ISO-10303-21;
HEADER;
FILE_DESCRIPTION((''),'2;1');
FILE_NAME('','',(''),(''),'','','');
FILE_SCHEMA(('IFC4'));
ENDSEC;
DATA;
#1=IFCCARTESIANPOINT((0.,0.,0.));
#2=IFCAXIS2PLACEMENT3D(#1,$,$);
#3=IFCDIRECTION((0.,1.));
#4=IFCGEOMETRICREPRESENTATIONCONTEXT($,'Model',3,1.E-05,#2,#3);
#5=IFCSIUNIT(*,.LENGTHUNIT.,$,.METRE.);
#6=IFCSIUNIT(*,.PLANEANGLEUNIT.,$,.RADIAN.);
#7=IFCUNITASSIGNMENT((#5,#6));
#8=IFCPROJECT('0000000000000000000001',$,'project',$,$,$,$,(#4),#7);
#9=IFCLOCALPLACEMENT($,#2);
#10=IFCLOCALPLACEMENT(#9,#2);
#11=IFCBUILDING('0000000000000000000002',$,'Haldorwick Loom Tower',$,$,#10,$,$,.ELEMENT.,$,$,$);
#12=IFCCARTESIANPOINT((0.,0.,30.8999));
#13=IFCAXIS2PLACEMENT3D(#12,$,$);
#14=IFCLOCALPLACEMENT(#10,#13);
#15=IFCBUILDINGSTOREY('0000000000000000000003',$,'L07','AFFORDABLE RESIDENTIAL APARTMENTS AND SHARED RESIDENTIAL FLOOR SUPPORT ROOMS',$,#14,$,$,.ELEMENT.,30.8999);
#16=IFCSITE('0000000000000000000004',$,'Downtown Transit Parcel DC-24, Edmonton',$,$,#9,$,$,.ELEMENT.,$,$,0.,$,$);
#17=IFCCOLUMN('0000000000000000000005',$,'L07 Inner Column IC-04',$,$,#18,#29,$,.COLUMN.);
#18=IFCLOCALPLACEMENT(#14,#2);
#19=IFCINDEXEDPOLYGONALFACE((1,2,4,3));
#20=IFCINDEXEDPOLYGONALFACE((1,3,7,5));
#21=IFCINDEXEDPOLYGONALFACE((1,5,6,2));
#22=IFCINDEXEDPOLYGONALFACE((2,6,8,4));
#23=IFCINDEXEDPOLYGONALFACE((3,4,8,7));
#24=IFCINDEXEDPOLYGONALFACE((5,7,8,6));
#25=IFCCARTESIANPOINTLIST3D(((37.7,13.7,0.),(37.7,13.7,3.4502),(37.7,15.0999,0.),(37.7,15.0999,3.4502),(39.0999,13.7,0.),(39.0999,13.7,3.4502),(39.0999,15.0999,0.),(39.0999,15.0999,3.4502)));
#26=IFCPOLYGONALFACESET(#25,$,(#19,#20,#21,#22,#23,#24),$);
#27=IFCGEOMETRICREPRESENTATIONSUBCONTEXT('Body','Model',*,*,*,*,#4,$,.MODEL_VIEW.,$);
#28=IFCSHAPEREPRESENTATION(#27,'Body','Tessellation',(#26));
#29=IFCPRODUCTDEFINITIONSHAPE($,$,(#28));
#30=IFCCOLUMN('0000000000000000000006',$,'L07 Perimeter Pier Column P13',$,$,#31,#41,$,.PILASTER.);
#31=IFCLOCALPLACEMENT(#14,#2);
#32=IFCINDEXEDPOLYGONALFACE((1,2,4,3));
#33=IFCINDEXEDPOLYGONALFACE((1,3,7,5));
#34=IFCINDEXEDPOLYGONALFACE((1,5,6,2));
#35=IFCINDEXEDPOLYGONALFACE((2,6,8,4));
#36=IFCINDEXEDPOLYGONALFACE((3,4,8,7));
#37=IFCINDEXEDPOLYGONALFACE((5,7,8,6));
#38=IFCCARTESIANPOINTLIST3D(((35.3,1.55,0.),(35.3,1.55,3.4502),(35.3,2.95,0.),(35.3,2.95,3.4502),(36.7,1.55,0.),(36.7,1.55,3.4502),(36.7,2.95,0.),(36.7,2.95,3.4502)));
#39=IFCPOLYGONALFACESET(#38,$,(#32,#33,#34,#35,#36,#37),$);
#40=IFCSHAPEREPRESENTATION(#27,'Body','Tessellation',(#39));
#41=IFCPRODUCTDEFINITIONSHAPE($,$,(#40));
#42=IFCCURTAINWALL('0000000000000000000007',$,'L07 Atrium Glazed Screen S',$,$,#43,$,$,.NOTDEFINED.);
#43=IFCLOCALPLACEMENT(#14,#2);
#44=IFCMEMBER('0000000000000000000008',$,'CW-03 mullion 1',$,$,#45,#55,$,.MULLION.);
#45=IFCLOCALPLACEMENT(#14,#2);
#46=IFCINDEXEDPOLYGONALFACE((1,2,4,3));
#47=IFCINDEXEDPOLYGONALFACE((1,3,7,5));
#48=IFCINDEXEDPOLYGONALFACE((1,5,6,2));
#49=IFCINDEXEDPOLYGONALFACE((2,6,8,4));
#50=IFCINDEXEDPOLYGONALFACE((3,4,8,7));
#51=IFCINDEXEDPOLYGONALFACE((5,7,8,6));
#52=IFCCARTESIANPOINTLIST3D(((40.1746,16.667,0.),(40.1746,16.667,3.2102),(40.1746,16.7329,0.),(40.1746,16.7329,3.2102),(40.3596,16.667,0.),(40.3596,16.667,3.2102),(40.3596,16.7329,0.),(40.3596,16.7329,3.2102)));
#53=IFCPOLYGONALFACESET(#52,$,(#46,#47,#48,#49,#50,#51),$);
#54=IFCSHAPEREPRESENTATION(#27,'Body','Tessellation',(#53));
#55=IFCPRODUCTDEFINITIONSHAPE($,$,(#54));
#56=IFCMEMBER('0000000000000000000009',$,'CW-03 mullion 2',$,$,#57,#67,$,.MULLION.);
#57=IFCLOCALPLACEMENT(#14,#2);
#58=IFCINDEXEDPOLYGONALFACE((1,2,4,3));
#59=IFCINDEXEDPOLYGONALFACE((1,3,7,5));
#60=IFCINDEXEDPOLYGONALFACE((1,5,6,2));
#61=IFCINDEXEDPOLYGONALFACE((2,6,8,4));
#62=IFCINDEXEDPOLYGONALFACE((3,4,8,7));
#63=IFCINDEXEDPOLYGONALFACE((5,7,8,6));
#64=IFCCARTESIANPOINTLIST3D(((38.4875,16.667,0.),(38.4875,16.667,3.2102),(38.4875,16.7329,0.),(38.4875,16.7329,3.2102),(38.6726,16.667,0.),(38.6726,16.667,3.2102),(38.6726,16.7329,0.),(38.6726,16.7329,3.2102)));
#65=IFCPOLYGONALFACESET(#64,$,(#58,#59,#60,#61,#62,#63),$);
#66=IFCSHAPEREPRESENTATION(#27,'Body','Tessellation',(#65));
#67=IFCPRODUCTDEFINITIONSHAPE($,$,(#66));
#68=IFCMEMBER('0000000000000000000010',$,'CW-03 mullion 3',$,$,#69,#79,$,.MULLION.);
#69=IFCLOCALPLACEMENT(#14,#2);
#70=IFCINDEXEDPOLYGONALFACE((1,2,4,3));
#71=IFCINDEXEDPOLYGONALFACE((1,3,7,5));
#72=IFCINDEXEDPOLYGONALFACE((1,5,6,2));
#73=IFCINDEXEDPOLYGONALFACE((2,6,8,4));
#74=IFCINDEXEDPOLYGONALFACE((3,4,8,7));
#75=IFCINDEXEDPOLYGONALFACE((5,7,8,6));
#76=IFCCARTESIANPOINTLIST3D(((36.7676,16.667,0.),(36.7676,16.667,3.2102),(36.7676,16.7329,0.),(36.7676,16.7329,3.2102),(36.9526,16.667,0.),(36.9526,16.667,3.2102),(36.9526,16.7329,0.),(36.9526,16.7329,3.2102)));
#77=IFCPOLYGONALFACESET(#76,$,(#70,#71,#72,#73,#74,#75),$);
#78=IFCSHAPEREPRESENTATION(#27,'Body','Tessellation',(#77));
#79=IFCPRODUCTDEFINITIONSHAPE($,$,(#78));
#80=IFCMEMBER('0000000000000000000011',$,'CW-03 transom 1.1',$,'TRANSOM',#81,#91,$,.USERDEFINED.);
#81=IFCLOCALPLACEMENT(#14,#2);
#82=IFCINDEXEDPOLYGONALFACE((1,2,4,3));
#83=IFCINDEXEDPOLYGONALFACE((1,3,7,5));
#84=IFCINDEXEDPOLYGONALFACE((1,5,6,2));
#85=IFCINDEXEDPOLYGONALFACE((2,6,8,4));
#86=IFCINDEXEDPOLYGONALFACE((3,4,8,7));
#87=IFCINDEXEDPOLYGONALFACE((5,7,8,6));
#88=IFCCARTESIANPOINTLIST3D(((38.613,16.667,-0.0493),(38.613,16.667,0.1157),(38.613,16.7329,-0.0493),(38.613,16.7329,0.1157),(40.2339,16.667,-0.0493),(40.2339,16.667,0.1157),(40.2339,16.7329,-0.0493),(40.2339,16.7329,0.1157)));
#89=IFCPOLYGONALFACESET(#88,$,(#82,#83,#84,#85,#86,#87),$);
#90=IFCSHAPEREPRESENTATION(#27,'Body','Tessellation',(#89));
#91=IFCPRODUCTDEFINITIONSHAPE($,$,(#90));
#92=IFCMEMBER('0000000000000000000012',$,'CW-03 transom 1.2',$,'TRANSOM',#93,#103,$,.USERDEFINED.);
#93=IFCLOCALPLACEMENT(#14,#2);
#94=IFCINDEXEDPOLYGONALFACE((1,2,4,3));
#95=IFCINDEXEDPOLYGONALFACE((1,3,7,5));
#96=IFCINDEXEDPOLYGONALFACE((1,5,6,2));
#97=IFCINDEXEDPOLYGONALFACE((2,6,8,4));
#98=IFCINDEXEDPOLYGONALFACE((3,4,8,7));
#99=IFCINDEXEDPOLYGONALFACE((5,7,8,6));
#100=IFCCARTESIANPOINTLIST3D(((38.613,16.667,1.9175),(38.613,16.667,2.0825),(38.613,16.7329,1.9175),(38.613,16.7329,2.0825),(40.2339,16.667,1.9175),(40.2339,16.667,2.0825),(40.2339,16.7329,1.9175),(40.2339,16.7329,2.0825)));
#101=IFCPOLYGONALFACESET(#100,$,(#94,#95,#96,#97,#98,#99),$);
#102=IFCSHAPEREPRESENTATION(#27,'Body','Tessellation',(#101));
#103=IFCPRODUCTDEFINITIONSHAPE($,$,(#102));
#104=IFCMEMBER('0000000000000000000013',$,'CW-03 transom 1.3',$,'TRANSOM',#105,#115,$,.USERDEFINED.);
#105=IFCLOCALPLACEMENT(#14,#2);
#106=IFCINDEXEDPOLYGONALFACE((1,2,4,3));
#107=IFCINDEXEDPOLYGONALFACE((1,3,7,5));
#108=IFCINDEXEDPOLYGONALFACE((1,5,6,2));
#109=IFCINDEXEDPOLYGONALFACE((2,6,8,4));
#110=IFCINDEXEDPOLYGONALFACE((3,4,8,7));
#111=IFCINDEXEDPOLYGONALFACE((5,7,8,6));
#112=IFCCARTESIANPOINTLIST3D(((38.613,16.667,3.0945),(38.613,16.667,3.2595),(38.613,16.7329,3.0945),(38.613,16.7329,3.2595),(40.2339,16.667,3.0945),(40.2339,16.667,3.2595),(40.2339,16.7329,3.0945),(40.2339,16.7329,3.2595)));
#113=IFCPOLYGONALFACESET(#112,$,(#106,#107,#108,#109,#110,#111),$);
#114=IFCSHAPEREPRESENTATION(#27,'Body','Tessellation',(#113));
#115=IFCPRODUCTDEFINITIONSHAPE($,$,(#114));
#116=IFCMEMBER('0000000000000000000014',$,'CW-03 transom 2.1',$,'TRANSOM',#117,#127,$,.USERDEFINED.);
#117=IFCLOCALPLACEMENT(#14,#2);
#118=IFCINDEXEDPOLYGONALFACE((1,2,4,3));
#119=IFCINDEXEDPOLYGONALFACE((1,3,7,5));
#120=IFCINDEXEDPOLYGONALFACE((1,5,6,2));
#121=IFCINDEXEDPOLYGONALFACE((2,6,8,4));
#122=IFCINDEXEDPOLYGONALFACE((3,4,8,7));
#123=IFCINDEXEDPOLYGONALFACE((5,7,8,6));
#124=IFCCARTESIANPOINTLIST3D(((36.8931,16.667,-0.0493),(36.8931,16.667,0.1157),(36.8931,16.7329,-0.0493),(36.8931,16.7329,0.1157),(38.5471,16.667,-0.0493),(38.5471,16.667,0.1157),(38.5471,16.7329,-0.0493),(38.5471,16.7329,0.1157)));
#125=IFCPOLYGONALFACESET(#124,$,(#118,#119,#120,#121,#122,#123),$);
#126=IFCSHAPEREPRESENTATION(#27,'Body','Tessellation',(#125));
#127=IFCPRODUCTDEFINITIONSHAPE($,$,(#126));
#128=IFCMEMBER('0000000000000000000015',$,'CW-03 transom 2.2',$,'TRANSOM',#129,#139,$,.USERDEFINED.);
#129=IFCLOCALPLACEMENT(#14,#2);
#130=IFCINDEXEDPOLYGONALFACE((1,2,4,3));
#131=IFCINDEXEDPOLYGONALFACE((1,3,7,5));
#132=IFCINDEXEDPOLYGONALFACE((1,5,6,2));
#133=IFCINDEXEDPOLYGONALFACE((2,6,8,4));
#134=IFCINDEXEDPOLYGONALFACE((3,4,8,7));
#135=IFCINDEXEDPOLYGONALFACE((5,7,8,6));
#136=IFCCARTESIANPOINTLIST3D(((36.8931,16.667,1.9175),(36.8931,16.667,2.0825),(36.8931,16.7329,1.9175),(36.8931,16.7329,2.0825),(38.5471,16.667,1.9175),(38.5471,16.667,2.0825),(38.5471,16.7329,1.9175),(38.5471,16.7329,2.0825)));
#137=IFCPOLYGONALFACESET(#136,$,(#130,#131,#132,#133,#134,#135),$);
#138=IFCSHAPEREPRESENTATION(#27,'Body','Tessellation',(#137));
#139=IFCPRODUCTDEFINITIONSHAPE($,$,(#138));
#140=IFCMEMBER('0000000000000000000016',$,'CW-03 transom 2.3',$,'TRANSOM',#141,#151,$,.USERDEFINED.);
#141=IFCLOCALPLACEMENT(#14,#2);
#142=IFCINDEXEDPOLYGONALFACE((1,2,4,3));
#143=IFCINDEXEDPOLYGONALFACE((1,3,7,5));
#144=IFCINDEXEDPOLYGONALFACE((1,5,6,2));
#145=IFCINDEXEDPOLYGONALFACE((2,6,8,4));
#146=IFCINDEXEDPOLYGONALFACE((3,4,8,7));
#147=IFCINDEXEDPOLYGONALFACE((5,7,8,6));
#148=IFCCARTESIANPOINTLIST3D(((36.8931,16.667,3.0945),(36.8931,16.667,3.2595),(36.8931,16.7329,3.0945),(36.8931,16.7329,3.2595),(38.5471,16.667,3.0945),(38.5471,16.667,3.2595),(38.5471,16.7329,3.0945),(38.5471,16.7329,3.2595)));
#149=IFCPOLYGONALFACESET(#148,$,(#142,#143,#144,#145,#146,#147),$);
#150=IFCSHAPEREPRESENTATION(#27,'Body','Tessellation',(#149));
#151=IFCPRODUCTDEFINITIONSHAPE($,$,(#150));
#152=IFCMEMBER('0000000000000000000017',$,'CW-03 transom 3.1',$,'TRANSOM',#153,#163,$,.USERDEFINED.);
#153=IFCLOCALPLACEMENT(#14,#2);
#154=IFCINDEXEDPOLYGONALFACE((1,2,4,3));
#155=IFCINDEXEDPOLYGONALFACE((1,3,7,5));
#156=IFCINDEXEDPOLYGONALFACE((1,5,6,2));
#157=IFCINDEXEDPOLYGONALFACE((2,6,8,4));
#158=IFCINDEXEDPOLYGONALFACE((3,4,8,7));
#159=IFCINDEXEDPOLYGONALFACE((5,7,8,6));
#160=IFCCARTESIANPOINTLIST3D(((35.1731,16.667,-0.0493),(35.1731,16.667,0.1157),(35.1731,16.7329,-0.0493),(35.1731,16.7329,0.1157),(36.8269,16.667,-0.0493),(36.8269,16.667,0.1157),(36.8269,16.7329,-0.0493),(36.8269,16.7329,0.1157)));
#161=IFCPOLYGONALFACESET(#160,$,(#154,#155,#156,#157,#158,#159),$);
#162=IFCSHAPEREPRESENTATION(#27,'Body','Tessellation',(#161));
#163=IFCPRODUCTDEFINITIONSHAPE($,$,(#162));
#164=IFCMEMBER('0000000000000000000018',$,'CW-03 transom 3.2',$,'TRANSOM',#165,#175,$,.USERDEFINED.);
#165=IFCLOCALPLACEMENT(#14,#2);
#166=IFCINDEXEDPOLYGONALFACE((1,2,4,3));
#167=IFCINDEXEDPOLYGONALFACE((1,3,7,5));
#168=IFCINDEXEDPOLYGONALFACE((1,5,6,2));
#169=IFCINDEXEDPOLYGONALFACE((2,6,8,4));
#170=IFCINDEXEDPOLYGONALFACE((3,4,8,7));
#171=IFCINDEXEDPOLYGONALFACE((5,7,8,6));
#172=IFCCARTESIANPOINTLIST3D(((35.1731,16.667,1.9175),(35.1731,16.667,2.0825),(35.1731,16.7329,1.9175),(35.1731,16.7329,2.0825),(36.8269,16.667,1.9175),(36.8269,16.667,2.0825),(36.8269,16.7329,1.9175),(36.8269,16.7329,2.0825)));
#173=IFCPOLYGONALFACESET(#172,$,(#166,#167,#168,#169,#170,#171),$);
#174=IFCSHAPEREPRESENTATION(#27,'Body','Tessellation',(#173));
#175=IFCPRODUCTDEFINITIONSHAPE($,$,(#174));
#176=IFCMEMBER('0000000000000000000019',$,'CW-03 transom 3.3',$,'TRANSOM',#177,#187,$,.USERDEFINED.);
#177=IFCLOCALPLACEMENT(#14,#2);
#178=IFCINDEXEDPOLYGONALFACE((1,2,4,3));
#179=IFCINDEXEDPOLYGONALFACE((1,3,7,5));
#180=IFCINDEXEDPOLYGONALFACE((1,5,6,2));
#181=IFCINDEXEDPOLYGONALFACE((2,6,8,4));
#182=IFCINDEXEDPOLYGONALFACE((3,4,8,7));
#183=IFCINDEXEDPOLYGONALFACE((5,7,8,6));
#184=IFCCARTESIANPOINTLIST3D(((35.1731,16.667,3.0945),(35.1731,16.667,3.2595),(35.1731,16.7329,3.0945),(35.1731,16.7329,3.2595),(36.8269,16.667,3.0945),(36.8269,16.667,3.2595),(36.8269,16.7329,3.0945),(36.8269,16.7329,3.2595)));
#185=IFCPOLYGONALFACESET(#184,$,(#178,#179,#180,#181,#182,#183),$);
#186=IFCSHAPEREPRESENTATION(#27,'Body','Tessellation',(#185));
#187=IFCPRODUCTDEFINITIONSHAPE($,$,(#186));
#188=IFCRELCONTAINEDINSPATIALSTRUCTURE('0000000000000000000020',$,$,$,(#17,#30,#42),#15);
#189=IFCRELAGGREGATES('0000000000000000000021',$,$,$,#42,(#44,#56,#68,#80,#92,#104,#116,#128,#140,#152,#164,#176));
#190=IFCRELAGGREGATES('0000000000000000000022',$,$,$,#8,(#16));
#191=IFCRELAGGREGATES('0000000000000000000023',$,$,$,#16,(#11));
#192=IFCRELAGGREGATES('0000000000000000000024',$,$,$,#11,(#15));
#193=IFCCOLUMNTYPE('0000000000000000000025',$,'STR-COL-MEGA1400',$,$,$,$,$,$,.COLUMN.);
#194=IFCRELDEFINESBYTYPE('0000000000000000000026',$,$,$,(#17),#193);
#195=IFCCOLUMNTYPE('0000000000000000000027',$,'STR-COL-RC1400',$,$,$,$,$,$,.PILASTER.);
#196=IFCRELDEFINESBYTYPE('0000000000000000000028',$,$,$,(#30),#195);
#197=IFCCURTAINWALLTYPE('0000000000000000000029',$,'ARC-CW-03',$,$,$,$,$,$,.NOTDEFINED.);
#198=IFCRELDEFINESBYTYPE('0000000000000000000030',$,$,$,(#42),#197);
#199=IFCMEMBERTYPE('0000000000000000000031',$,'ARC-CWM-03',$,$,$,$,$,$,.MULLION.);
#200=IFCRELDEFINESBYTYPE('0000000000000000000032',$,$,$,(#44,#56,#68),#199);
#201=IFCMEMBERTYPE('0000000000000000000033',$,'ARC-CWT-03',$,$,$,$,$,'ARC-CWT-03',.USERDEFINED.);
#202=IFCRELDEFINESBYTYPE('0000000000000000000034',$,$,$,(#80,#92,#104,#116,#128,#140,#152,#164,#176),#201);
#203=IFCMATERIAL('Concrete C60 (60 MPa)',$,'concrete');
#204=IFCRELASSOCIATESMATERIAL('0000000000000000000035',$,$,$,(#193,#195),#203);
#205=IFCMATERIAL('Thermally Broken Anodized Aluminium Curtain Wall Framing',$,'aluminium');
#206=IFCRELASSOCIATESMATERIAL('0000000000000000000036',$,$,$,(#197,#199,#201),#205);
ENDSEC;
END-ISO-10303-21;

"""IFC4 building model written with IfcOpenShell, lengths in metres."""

from ifc_helpers import new_model, si_unit, direction, frame, origin, origin_2d, place, context, subcontext, project, spatial, rectangle, extrude, material, material_profile, profile_set, type_object, element, aggregate, save


model = new_model("IFC4")

# Units and contexts
model_context = context("Model", 3, precision=1e-05, world=origin(), true_north=direction((0.0, 1.0)))
body_context = subcontext(model_context, "Body", "Model", "MODEL_VIEW")
ifc_project = project(units=[si_unit("LENGTHUNIT", "METRE"), si_unit("PLANEANGLEUNIT", "RADIAN")], contexts=[model_context])

# Site, building, storey
site_placement = place(None, origin())
site = spatial("IfcSite", under=ifc_project, at=site_placement, Name="Downtown Transit Parcel DC-24, Edmonton", CompositionType="ELEMENT", RefElevation=0.0)
building_placement = place(site_placement, origin())
building = spatial("IfcBuilding", under=site, at=building_placement, Name="Haldorwick Loom Tower", CompositionType="ELEMENT")
storey_placement = place(building_placement, frame((0.0, 0.0, 30.8999)))
storey = spatial("IfcBuildingStorey", under=building, at=storey_placement, Name="L07", Description="AFFORDABLE RESIDENTIAL APARTMENTS AND SHARED RESIDENTIAL FLOOR SUPPORT ROOMS", CompositionType="ELEMENT", Elevation=30.8999)

# Columns
ifc_material_1 = material(Name="Concrete C60 (60 MPa)", Category="concrete")
ifc_material_profile_1 = material_profile(ifc_material_1, rectangle(XDim=1.3999, YDim=1.3999, at=origin_2d()), Name="RC1400X1400", Category="concrete")
ifc_profile_set_1 = profile_set([ifc_material_profile_1], Name="Concrete C60 (60 MPa)")
column_type_1 = type_object("IfcColumnType", Name="STR-COL-MEGA1400", PredefinedType="COLUMN", material=ifc_profile_set_1)
column_1_placement = place(storey_placement, frame((38.3999, 14.3999, 0.0), z_axis=(0.0, 0.0, 1.0), x_axis=(1.0, 0.0, 0.0)))
element("IfcColumn", 1, at=column_1_placement, inside=storey, type_object=column_type_1, Name="L07 Inner Column IC-04", PredefinedType="COLUMN", context=body_context, shape_type="SweptSolid", body=[
    extrude(rectangle(XDim=1.3999, YDim=1.3999, at=origin_2d()), origin(), (0.0, 0.0, 1.0), 3.4502),
])
ifc_material_profile_2 = material_profile(ifc_material_1, rectangle(XDim=1.3999, YDim=1.3999, at=origin_2d()), Name="RC1400X1400", Category="concrete")
ifc_profile_set_2 = profile_set([ifc_material_profile_2], Name="Concrete C60 (60 MPa)")
column_type_2 = type_object("IfcColumnType", Name="STR-COL-RC1400", PredefinedType="PILASTER", material=ifc_profile_set_2)
column_2_placement = place(storey_placement, frame((36.0, 2.25, 0.0), z_axis=(0.0, 0.0, 1.0), x_axis=(0.0, -1.0, 0.0)))
element("IfcColumn", 2, at=column_2_placement, inside=storey, type_object=column_type_2, Name="L07 Perimeter Pier Column P13", PredefinedType="PILASTER", context=body_context, shape_type="SweptSolid", body=[
    extrude(rectangle(XDim=1.3999, YDim=1.3999, at=origin_2d()), origin(), (0.0, 0.0, 1.0), 3.4502),
])

# Curtain wall, members
ifc_material_2 = material(Name="Thermally Broken Anodized Aluminium Curtain Wall Framing", Category="aluminium")
curtain_wall_type = type_object("IfcCurtainWallType", Name="ARC-CW-03", PredefinedType="NOTDEFINED", material=ifc_material_2)
curtain_wall_placement = place(storey_placement, origin())
curtain_wall = element("IfcCurtainWall", 3, at=curtain_wall_placement, inside=storey, type_object=curtain_wall_type, Name="L07 Atrium Glazed Screen S", PredefinedType="NOTDEFINED")
ifc_material_profile_3 = material_profile(ifc_material_2, rectangle(XDim=0.0659, YDim=0.1851, at=origin_2d()), Name="ALU_MUL_66X185", Category="aluminium")
ifc_profile_set_3 = profile_set([ifc_material_profile_3], Name="Thermally Broken Anodized Aluminium Curtain Wall Framing")
member_type_1 = type_object("IfcMemberType", Name="ARC-CWM-03", PredefinedType="MULLION", material=ifc_profile_set_3)
member_1_placement = place(storey_placement, frame((40.2671, 16.7, 0.0), z_axis=(0.0, 0.0, 1.0), x_axis=(0.0, -1.0, 0.0)))
member_1 = element("IfcMember", 4, at=member_1_placement, type_object=member_type_1, Name="CW-03 mullion 1", PredefinedType="MULLION", context=body_context, shape_type="SweptSolid", body=[
    extrude(rectangle(XDim=0.0659, YDim=0.1851, at=origin_2d()), origin(), (0.0, 0.0, 1.0), 3.2102),
])
member_2_placement = place(storey_placement, frame((38.5801, 16.7, 0.0), z_axis=(0.0, 0.0, 1.0), x_axis=(0.0, -1.0, 0.0)))
member_2 = element("IfcMember", 5, at=member_2_placement, type_object=member_type_1, Name="CW-03 mullion 2", PredefinedType="MULLION", context=body_context, shape_type="SweptSolid", body=[
    extrude(rectangle(XDim=0.0659, YDim=0.1851, at=origin_2d()), origin(), (0.0, 0.0, 1.0), 3.2102),
])
member_3_placement = place(storey_placement, frame((36.8601, 16.7, 0.0), z_axis=(0.0, 0.0, 1.0), x_axis=(0.0, -1.0, 0.0)))
member_3 = element("IfcMember", 6, at=member_3_placement, type_object=member_type_1, Name="CW-03 mullion 3", PredefinedType="MULLION", context=body_context, shape_type="SweptSolid", body=[
    extrude(rectangle(XDim=0.0659, YDim=0.1851, at=origin_2d()), origin(), (0.0, 0.0, 1.0), 3.2102),
])
ifc_material_profile_4 = material_profile(ifc_material_2, rectangle(XDim=0.0659, YDim=0.165, at=origin_2d()), Name="ALU_TRN_66X165", Category="aluminium")
ifc_profile_set_4 = profile_set([ifc_material_profile_4], Name="Thermally Broken Anodized Aluminium Curtain Wall Framing")
member_type_2 = type_object("IfcMemberType", Name="ARC-CWT-03", ElementType="ARC-CWT-03", PredefinedType="USERDEFINED", material=ifc_profile_set_4)
member_4_placement = place(storey_placement, frame((40.2339, 16.7, 0.0332), z_axis=(-1.0, 0.0, 0.0), x_axis=(0.0, -1.0, 0.0)))
member_4 = element("IfcMember", 7, at=member_4_placement, type_object=member_type_2, Name="CW-03 transom 1.1", ObjectType="TRANSOM", PredefinedType="USERDEFINED", context=body_context, shape_type="SweptSolid", body=[
    extrude(rectangle(XDim=0.0659, YDim=0.165, at=origin_2d()), origin(), (0.0, 0.0, 1.0), 1.6208),
])
member_5_placement = place(storey_placement, frame((40.2339, 16.7, 2.0), z_axis=(-1.0, 0.0, 0.0), x_axis=(0.0, -1.0, 0.0)))
member_5 = element("IfcMember", 8, at=member_5_placement, type_object=member_type_2, Name="CW-03 transom 1.2", ObjectType="TRANSOM", PredefinedType="USERDEFINED", context=body_context, shape_type="SweptSolid", body=[
    extrude(rectangle(XDim=0.0659, YDim=0.165, at=origin_2d()), origin(), (0.0, 0.0, 1.0), 1.6208),
])
member_6_placement = place(storey_placement, frame((40.2339, 16.7, 3.177), z_axis=(-1.0, 0.0, 0.0), x_axis=(0.0, -1.0, 0.0)))
member_6 = element("IfcMember", 9, at=member_6_placement, type_object=member_type_2, Name="CW-03 transom 1.3", ObjectType="TRANSOM", PredefinedType="USERDEFINED", context=body_context, shape_type="SweptSolid", body=[
    extrude(rectangle(XDim=0.0659, YDim=0.165, at=origin_2d()), origin(), (0.0, 0.0, 1.0), 1.6208),
])
member_7_placement = place(storey_placement, frame((38.5471, 16.7, 0.0332), z_axis=(-1.0, 0.0, 0.0), x_axis=(0.0, -1.0, 0.0)))
member_7 = element("IfcMember", 10, at=member_7_placement, type_object=member_type_2, Name="CW-03 transom 2.1", ObjectType="TRANSOM", PredefinedType="USERDEFINED", context=body_context, shape_type="SweptSolid", body=[
    extrude(rectangle(XDim=0.0659, YDim=0.165, at=origin_2d()), origin(), (0.0, 0.0, 1.0), 1.6541),
])
member_8_placement = place(storey_placement, frame((38.5471, 16.7, 2.0), z_axis=(-1.0, 0.0, 0.0), x_axis=(0.0, -1.0, 0.0)))
member_8 = element("IfcMember", 11, at=member_8_placement, type_object=member_type_2, Name="CW-03 transom 2.2", ObjectType="TRANSOM", PredefinedType="USERDEFINED", context=body_context, shape_type="SweptSolid", body=[
    extrude(rectangle(XDim=0.0659, YDim=0.165, at=origin_2d()), origin(), (0.0, 0.0, 1.0), 1.6541),
])
member_9_placement = place(storey_placement, frame((38.5471, 16.7, 3.177), z_axis=(-1.0, 0.0, 0.0), x_axis=(0.0, -1.0, 0.0)))
member_9 = element("IfcMember", 12, at=member_9_placement, type_object=member_type_2, Name="CW-03 transom 2.3", ObjectType="TRANSOM", PredefinedType="USERDEFINED", context=body_context, shape_type="SweptSolid", body=[
    extrude(rectangle(XDim=0.0659, YDim=0.165, at=origin_2d()), origin(), (0.0, 0.0, 1.0), 1.6541),
])
member_10_placement = place(storey_placement, frame((36.8269, 16.7, 0.0332), z_axis=(-1.0, 0.0, 0.0), x_axis=(0.0, -1.0, 0.0)))
member_10 = element("IfcMember", 13, at=member_10_placement, type_object=member_type_2, Name="CW-03 transom 3.1", ObjectType="TRANSOM", PredefinedType="USERDEFINED", context=body_context, shape_type="SweptSolid", body=[
    extrude(rectangle(XDim=0.0659, YDim=0.165, at=origin_2d()), origin(), (0.0, 0.0, 1.0), 1.6538),
])
member_11_placement = place(storey_placement, frame((36.8269, 16.7, 2.0), z_axis=(-1.0, 0.0, 0.0), x_axis=(0.0, -1.0, 0.0)))
member_11 = element("IfcMember", 14, at=member_11_placement, type_object=member_type_2, Name="CW-03 transom 3.2", ObjectType="TRANSOM", PredefinedType="USERDEFINED", context=body_context, shape_type="SweptSolid", body=[
    extrude(rectangle(XDim=0.0659, YDim=0.165, at=origin_2d()), origin(), (0.0, 0.0, 1.0), 1.6538),
])
member_12_placement = place(storey_placement, frame((36.8269, 16.7, 3.177), z_axis=(-1.0, 0.0, 0.0), x_axis=(0.0, -1.0, 0.0)))
member_12 = element("IfcMember", 15, at=member_12_placement, type_object=member_type_2, Name="CW-03 transom 3.3", ObjectType="TRANSOM", PredefinedType="USERDEFINED", context=body_context, shape_type="SweptSolid", body=[
    extrude(rectangle(XDim=0.0659, YDim=0.165, at=origin_2d()), origin(), (0.0, 0.0, 1.0), 1.6538),
])

aggregate(curtain_wall, [member_1, member_2, member_3, member_4, member_5, member_6, member_7, member_8, member_9, member_10, member_11, member_12])

save(model, "model.ifc")
